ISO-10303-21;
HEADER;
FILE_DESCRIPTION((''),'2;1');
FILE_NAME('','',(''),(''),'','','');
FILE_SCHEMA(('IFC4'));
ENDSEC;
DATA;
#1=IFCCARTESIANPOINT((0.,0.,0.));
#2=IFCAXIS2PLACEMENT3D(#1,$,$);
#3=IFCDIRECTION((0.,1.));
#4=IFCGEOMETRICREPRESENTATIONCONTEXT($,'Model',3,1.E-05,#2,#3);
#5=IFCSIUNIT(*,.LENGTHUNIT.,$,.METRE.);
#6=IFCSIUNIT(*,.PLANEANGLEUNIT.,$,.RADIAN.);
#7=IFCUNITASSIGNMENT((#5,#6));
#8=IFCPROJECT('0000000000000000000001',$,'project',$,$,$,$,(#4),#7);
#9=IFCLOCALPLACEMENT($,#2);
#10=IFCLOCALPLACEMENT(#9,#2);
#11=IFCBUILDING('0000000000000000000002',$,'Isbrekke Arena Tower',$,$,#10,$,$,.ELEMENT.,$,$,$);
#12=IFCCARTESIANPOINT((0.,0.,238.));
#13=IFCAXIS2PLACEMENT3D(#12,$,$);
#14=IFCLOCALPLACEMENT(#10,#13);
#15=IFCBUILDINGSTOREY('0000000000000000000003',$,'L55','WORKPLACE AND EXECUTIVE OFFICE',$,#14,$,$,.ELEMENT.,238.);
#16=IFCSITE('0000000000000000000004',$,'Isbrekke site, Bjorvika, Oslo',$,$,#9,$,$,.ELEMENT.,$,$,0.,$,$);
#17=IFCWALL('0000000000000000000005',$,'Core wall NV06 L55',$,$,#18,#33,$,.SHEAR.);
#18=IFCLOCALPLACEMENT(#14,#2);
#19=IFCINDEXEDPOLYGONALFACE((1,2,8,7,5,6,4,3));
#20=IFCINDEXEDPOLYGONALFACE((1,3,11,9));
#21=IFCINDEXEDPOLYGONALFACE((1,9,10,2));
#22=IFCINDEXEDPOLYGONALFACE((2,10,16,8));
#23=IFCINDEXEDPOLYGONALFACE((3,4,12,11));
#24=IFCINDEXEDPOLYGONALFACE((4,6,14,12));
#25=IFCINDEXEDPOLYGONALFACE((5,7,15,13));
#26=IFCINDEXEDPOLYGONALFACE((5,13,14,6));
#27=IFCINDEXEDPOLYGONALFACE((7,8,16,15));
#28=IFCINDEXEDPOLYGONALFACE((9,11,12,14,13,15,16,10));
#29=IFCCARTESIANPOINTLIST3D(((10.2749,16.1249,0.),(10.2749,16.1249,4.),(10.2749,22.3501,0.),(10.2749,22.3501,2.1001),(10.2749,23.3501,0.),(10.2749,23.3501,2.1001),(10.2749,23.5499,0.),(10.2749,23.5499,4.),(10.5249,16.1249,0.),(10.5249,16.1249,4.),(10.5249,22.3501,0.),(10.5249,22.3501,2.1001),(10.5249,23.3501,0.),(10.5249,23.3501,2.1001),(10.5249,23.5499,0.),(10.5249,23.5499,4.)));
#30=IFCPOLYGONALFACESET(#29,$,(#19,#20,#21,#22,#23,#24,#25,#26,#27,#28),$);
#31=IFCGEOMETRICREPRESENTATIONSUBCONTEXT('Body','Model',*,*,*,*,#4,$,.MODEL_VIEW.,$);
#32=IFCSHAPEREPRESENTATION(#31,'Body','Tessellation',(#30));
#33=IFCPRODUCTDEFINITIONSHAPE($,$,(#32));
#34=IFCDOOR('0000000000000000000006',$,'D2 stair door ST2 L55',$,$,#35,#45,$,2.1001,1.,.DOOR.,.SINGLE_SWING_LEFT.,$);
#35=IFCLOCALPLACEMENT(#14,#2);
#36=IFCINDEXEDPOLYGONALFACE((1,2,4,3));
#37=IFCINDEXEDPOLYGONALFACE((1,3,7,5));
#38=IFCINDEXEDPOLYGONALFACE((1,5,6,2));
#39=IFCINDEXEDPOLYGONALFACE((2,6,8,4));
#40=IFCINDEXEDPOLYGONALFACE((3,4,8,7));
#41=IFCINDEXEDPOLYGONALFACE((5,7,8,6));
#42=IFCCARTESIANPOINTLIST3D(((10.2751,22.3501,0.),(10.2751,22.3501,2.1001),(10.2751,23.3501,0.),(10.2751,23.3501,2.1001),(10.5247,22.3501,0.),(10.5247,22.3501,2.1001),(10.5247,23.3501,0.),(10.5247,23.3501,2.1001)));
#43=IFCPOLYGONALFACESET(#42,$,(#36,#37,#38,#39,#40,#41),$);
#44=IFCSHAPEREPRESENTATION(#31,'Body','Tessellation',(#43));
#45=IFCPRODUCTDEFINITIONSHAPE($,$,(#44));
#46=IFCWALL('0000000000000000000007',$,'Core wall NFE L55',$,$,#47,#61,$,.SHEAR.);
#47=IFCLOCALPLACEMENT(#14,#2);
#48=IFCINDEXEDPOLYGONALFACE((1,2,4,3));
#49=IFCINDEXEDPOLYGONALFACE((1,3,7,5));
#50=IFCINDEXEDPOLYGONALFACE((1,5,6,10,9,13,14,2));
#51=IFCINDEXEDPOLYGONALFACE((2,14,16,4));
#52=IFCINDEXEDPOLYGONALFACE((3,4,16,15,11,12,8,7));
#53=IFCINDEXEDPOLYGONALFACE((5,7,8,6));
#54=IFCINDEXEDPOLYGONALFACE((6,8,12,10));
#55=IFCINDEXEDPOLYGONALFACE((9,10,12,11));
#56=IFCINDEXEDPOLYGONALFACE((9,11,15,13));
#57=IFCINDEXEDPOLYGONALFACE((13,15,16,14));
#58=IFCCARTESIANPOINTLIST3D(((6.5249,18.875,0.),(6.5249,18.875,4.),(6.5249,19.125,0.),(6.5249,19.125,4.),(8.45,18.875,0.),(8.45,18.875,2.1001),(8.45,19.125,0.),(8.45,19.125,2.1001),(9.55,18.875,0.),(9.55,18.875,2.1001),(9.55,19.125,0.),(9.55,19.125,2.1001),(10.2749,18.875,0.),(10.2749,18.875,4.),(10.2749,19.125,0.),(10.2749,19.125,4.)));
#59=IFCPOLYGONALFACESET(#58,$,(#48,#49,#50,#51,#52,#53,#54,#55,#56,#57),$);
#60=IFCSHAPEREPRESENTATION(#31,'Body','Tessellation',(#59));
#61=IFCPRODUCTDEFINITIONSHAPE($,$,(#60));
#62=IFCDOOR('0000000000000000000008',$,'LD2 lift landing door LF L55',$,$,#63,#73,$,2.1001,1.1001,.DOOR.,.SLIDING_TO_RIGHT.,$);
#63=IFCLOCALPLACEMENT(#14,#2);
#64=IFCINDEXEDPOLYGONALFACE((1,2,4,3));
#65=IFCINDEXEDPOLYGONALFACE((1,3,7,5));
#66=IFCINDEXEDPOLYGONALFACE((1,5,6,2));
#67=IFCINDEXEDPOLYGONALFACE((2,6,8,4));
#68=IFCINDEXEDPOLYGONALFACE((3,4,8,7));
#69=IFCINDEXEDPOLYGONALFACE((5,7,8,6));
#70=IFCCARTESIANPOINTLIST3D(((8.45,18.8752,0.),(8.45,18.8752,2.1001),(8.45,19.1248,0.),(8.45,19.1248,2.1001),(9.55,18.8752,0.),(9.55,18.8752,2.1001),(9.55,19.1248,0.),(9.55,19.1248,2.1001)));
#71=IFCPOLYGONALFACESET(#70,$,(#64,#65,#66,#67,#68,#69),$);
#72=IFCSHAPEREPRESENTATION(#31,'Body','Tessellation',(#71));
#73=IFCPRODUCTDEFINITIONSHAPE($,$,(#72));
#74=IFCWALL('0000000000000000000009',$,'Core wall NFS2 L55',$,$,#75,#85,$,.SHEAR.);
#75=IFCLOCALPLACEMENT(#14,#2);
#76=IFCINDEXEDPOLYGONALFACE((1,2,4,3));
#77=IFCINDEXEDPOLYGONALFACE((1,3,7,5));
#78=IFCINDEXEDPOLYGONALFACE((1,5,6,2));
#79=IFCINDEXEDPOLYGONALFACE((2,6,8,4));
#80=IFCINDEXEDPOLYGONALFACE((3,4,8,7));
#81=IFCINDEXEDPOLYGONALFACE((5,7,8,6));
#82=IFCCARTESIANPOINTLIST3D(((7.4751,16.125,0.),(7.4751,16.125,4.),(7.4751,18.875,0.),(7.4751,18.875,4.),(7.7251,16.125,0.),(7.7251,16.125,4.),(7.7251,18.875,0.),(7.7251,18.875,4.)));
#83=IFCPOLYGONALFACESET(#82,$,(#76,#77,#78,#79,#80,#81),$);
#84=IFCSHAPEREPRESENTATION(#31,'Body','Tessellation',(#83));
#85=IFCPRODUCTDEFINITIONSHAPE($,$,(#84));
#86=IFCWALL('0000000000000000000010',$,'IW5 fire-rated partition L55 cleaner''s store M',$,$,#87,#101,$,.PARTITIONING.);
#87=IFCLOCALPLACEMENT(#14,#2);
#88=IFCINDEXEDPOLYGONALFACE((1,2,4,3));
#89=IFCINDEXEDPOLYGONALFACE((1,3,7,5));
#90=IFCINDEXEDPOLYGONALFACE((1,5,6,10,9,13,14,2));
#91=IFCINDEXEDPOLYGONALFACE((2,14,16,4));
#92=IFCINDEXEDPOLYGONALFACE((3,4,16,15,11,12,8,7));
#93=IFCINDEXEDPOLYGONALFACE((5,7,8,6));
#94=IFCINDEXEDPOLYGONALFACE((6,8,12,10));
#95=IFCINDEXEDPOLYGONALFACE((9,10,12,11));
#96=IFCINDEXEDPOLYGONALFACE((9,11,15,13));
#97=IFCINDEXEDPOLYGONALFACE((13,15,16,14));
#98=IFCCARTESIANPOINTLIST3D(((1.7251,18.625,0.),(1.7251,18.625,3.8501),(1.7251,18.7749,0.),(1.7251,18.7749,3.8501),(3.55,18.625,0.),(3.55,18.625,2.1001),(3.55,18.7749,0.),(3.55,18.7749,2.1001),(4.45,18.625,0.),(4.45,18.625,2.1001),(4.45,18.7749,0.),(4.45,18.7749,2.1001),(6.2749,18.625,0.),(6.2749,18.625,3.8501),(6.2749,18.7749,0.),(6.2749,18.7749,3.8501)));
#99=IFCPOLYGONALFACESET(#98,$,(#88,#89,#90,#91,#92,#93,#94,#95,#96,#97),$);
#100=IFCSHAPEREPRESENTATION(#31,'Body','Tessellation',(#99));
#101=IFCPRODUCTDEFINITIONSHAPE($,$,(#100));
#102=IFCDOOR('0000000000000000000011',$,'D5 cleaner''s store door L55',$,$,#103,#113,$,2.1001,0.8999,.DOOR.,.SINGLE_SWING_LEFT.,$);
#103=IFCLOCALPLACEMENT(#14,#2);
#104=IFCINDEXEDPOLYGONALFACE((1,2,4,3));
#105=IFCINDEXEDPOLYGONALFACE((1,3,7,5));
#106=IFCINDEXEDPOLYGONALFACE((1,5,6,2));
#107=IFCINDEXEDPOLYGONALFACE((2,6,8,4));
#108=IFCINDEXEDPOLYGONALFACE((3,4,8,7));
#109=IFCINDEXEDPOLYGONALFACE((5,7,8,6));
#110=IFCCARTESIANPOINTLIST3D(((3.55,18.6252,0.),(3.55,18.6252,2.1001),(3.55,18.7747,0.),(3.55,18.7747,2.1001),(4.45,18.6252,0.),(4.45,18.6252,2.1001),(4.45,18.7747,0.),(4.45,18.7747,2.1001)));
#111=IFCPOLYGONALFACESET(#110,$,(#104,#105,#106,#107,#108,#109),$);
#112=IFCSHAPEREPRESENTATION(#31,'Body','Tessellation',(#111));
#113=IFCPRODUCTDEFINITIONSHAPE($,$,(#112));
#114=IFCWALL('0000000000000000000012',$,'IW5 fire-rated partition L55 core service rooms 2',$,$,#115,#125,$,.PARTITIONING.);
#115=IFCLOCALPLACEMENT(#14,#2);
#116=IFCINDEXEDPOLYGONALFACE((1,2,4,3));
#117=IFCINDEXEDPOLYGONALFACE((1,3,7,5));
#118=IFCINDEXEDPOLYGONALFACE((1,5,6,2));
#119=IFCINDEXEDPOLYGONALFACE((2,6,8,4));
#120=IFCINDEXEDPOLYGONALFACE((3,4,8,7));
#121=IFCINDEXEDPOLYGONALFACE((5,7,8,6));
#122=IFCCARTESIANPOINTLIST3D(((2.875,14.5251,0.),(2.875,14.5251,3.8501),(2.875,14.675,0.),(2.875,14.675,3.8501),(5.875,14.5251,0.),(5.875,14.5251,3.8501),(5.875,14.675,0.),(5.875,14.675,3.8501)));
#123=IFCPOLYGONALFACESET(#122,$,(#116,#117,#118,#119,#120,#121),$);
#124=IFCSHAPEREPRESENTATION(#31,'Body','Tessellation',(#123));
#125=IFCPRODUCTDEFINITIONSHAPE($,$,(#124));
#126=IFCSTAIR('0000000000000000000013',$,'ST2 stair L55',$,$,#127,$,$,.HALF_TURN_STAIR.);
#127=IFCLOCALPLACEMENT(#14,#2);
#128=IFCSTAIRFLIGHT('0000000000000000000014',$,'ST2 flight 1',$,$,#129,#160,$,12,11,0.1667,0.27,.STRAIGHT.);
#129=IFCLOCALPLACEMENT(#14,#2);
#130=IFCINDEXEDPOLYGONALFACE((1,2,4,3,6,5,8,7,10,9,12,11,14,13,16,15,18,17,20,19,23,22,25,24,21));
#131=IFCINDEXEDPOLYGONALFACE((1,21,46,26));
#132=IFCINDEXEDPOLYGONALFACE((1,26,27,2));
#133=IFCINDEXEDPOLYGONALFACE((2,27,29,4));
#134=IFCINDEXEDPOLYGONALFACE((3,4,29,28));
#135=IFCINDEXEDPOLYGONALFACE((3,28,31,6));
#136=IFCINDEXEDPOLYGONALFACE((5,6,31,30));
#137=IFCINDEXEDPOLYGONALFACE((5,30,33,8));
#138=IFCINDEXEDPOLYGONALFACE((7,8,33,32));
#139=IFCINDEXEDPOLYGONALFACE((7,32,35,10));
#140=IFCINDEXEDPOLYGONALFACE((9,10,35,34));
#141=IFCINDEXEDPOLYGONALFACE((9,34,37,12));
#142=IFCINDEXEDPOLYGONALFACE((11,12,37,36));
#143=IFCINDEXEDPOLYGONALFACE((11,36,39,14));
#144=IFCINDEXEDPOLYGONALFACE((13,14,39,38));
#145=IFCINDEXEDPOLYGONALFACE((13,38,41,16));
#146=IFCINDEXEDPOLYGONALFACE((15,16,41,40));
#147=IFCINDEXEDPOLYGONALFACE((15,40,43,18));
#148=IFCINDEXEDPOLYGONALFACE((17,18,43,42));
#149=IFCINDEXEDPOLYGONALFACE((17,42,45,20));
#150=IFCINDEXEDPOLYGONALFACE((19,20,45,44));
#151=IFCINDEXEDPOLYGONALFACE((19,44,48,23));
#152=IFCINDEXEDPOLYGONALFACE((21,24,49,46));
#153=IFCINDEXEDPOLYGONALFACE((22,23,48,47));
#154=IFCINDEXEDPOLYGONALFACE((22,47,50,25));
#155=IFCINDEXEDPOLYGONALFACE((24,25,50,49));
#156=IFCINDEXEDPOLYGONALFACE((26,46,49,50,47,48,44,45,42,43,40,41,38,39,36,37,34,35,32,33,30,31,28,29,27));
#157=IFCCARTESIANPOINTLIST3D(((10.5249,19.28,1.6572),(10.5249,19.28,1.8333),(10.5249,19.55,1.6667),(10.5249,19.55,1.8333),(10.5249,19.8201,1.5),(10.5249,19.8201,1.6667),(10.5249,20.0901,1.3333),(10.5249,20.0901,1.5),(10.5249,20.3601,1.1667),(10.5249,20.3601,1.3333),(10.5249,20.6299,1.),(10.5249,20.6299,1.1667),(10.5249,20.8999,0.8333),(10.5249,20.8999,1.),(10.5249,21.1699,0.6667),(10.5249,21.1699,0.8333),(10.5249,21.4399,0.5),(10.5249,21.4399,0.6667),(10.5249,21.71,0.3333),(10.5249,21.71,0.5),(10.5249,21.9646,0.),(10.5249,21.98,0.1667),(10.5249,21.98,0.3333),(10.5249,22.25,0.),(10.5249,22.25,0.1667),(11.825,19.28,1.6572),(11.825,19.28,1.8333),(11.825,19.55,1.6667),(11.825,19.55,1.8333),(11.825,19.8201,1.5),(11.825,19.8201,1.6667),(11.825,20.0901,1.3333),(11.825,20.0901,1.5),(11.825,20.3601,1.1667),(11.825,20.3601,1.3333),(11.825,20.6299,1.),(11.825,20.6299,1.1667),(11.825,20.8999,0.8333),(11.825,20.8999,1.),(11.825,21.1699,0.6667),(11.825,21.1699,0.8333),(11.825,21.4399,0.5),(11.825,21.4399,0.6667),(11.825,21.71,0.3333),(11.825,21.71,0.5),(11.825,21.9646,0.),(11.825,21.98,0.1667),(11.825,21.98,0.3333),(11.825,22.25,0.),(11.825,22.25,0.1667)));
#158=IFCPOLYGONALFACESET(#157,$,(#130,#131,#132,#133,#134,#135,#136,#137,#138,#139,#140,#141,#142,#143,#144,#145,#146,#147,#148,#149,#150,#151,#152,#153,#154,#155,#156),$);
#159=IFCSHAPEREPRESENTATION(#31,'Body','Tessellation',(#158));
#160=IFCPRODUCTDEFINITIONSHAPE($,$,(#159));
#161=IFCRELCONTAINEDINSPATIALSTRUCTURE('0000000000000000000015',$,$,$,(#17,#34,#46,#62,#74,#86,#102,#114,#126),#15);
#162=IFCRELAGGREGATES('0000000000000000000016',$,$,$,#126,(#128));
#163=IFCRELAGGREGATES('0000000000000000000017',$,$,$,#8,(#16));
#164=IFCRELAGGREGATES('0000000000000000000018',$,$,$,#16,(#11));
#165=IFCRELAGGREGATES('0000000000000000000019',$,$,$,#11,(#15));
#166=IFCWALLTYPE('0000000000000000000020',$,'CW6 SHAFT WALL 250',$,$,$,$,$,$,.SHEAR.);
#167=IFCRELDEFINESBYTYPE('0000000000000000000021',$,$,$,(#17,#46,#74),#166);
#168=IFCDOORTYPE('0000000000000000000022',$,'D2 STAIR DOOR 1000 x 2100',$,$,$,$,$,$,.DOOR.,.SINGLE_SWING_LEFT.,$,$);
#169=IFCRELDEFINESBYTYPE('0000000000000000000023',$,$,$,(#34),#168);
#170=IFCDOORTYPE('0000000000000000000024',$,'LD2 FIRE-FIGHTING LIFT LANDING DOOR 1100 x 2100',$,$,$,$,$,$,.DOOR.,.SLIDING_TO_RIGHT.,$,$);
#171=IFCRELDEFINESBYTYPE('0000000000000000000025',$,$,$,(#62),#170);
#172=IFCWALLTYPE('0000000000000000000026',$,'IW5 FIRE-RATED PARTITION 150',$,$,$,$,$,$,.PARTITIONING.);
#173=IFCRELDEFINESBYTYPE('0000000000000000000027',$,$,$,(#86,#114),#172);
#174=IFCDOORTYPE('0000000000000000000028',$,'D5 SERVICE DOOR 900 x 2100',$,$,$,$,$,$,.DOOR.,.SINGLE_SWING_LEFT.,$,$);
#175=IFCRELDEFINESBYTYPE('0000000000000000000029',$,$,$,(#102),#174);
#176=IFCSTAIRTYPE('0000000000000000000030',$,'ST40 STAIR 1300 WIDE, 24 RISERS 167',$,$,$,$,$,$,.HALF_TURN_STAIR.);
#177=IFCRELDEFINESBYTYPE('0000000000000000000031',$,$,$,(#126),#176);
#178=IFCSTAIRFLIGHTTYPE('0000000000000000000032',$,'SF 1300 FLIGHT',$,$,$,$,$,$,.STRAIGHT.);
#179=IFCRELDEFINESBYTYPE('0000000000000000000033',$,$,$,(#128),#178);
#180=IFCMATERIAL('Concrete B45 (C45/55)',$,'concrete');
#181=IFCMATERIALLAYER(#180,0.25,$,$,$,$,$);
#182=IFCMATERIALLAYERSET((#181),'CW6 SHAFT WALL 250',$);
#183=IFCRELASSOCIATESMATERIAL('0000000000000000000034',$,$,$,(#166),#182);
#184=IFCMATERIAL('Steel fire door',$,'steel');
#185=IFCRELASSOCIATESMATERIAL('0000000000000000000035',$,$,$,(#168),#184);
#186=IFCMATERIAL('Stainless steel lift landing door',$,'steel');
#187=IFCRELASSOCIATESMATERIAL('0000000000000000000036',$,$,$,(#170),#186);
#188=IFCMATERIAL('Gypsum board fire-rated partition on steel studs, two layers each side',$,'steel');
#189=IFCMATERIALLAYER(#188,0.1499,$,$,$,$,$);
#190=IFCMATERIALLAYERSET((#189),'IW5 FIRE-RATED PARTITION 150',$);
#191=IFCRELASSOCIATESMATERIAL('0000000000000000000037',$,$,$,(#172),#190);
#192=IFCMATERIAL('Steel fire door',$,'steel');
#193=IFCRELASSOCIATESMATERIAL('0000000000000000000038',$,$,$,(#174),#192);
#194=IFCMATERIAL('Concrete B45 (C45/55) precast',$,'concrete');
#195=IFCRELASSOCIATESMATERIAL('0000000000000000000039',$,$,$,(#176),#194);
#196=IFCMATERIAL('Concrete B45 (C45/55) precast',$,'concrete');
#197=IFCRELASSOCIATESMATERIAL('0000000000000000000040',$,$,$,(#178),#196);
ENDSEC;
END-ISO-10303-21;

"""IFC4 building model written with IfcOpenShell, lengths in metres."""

from ifc_helpers import new_model, si_unit, direction, frame, frame_2d, origin, place, context, subcontext, project, spatial, polyline, rectangle, outline, extrude, material, layer, layer_set, type_object, element, fill, aggregate, save


model = new_model("IFC4")

# Units and contexts
model_context = context("Model", 3, precision=1e-05, world=origin(), true_north=direction((0.0, 1.0)))
body_context = subcontext(model_context, "Body", "Model", "MODEL_VIEW")
ifc_project = project(units=[si_unit("LENGTHUNIT", "METRE"), si_unit("PLANEANGLEUNIT", "RADIAN")], contexts=[model_context])

# Site, building, storey
site_placement = place(None, origin())
site = spatial("IfcSite", under=ifc_project, at=site_placement, Name="Isbrekke site, Bjorvika, Oslo", CompositionType="ELEMENT", RefElevation=0.0)
building_placement = place(site_placement, origin())
building = spatial("IfcBuilding", under=site, at=building_placement, Name="Isbrekke Arena Tower", CompositionType="ELEMENT")
storey_placement = place(building_placement, frame((0.0, 0.0, 238.0)))
storey = spatial("IfcBuildingStorey", under=building, at=storey_placement, Name="L55", Description="WORKPLACE AND EXECUTIVE OFFICE", CompositionType="ELEMENT", Elevation=238.0)

# Shared definitions
ifc_material_1 = material(Name="Concrete B45 (C45/55)", Category="concrete")
ifc_layer_1 = layer(ifc_material_1, 0.25)
ifc_layer_set_1 = layer_set([ifc_layer_1], Name="CW6 SHAFT WALL 250")
wall_type_1 = type_object("IfcWallType", Name="CW6 SHAFT WALL 250", PredefinedType="SHEAR", material=ifc_layer_set_1)

# Walls, openings, doors
wall_1_placement = place(storey_placement, frame((10.3999, 16.125, 0.0), z_axis=(0.0, 0.0, 1.0), x_axis=(0.0, 1.0, 0.0)))
wall_1 = element("IfcWall", 1, at=wall_1_placement, inside=storey, type_object=wall_type_1, Name="Core wall NV06 L55", PredefinedType="SHEAR", context=body_context, shape_type="SweptSolid", body=[
    extrude(rectangle(XDim=7.425, YDim=0.25, at=frame_2d((3.7124, 0.0))), origin(), (0.0, 0.0, 1.0), 4.0),
])
opening_1_placement = place(wall_1_placement, frame((6.2251, 0.0, 0.0)))
opening_1 = element("IfcOpeningElement", 2, at=opening_1_placement, cuts=wall_1, PredefinedType="OPENING", context=body_context, shape_type="SweptSolid", body=[
    extrude(rectangle(XDim=1.0, YDim=2.1001, at=frame_2d((0.5, 1.05))), frame((0.0, 0.1399, 0.0), z_axis=(0.0, -1.0, 0.0), x_axis=(1.0, 0.0, 0.0)), (0.0, 0.0, 1.0), 0.2798),
])
ifc_material_2 = material(Name="Steel fire door", Category="steel")
door_type_1 = type_object("IfcDoorType", Name="D2 STAIR DOOR 1000 x 2100", OperationType="SINGLE_SWING_LEFT", PredefinedType="DOOR", material=ifc_material_2)
door_1_placement = place(opening_1_placement, origin())
door_1 = element("IfcDoor", 3, at=door_1_placement, inside=storey, type_object=door_type_1, Name="D2 stair door ST2 L55", OperationType="SINGLE_SWING_LEFT", OverallHeight=2.1001, OverallWidth=1.0, PredefinedType="DOOR", context=body_context, shape_type="SweptSolid", body=[
    extrude(rectangle(XDim=1.0, YDim=2.1001, at=frame_2d((0.5, 1.05))), frame((0.0, 0.1248, 0.0), z_axis=(0.0, -1.0, 0.0), x_axis=(1.0, 0.0, 0.0)), (0.0, 0.0, 1.0), 0.2495),
])
fill(opening_1, door_1)
wall_2_placement = place(storey_placement, frame((6.5249, 19.0, 0.0), z_axis=(0.0, 0.0, 1.0), x_axis=(1.0, 0.0, 0.0)))
wall_2 = element("IfcWall", 4, at=wall_2_placement, inside=storey, type_object=wall_type_1, Name="Core wall NFE L55", PredefinedType="SHEAR", context=body_context, shape_type="SweptSolid", body=[
    extrude(rectangle(XDim=3.75, YDim=0.25, at=frame_2d((1.875, 0.0))), origin(), (0.0, 0.0, 1.0), 4.0),
])
opening_2_placement = place(wall_2_placement, frame((1.925, 0.0, 0.0)))
opening_2 = element("IfcOpeningElement", 5, at=opening_2_placement, cuts=wall_2, PredefinedType="OPENING", context=body_context, shape_type="SweptSolid", body=[
    extrude(rectangle(XDim=1.1001, YDim=2.1001, at=frame_2d((0.55, 1.05))), frame((0.0, 0.1399, 0.0), z_axis=(0.0, -1.0, 0.0), x_axis=(1.0, 0.0, 0.0)), (0.0, 0.0, 1.0), 0.2798),
])
ifc_material_3 = material(Name="Stainless steel lift landing door", Category="steel")
door_type_2 = type_object("IfcDoorType", Name="LD2 FIRE-FIGHTING LIFT LANDING DOOR 1100 x 2100", OperationType="SLIDING_TO_RIGHT", PredefinedType="DOOR", material=ifc_material_3)
door_2_placement = place(opening_2_placement, origin())
door_2 = element("IfcDoor", 6, at=door_2_placement, inside=storey, type_object=door_type_2, Name="LD2 lift landing door LF L55", OperationType="SLIDING_TO_RIGHT", OverallHeight=2.1001, OverallWidth=1.1001, PredefinedType="DOOR", context=body_context, shape_type="SweptSolid", body=[
    extrude(rectangle(XDim=1.1001, YDim=2.1001, at=frame_2d((0.55, 1.05))), frame((0.0, 0.1248, 0.0), z_axis=(0.0, -1.0, 0.0), x_axis=(1.0, 0.0, 0.0)), (0.0, 0.0, 1.0), 0.2495),
])
fill(opening_2, door_2)

# Wall
wall_3_placement = place(storey_placement, frame((7.6001, 16.125, 0.0), z_axis=(0.0, 0.0, 1.0), x_axis=(0.0, 1.0, 0.0)))
element("IfcWall", 7, at=wall_3_placement, inside=storey, type_object=wall_type_1, Name="Core wall NFS2 L55", PredefinedType="SHEAR", context=body_context, shape_type="SweptSolid", body=[
    extrude(rectangle(XDim=2.75, YDim=0.25, at=frame_2d((1.375, 0.0))), origin(), (0.0, 0.0, 1.0), 4.0),
])

# Wall, opening, door
ifc_material_4 = material(Name="Gypsum board fire-rated partition on steel studs, two layers each side", Category="steel")
ifc_layer_2 = layer(ifc_material_4, 0.1499)
ifc_layer_set_2 = layer_set([ifc_layer_2], Name="IW5 FIRE-RATED PARTITION 150")
wall_type_2 = type_object("IfcWallType", Name="IW5 FIRE-RATED PARTITION 150", PredefinedType="PARTITIONING", material=ifc_layer_set_2)
wall_4_placement = place(storey_placement, frame((1.7251, 18.7, 0.0), z_axis=(0.0, 0.0, 1.0), x_axis=(1.0, 0.0, 0.0)))
wall_4 = element("IfcWall", 8, at=wall_4_placement, inside=storey, type_object=wall_type_2, Name="IW5 fire-rated partition L55 cleaner's store M", PredefinedType="PARTITIONING", context=body_context, shape_type="SweptSolid", body=[
    extrude(rectangle(XDim=4.5498, YDim=0.1499, at=frame_2d((2.2749, 0.0))), origin(), (0.0, 0.0, 1.0), 3.8501),
])
opening_3_placement = place(wall_4_placement, frame((1.825, 0.0, 0.0)))
opening_3 = element("IfcOpeningElement", 9, at=opening_3_placement, cuts=wall_4, PredefinedType="OPENING", context=body_context, shape_type="SweptSolid", body=[
    extrude(rectangle(XDim=0.8999, YDim=2.1001, at=frame_2d((0.45, 1.05))), frame((0.0, 0.0898, 0.0), z_axis=(0.0, -1.0, 0.0), x_axis=(1.0, 0.0, 0.0)), (0.0, 0.0, 1.0), 0.1797),
])
ifc_material_5 = material(Name="Steel fire door", Category="steel")
door_type_3 = type_object("IfcDoorType", Name="D5 SERVICE DOOR 900 x 2100", OperationType="SINGLE_SWING_LEFT", PredefinedType="DOOR", material=ifc_material_5)
door_3_placement = place(opening_3_placement, origin())
door_3 = element("IfcDoor", 10, at=door_3_placement, inside=storey, type_object=door_type_3, Name="D5 cleaner's store door L55", OperationType="SINGLE_SWING_LEFT", OverallHeight=2.1001, OverallWidth=0.8999, PredefinedType="DOOR", context=body_context, shape_type="SweptSolid", body=[
    extrude(rectangle(XDim=0.8999, YDim=2.1001, at=frame_2d((0.45, 1.05))), frame((0.0, 0.0747, 0.0), z_axis=(0.0, -1.0, 0.0), x_axis=(1.0, 0.0, 0.0)), (0.0, 0.0, 1.0), 0.1494),
])
fill(opening_3, door_3)

# Wall
wall_5_placement = place(storey_placement, frame((2.875, 14.6001, 0.0), z_axis=(0.0, 0.0, 1.0), x_axis=(1.0, 0.0, 0.0)))
element("IfcWall", 11, at=wall_5_placement, inside=storey, type_object=wall_type_2, Name="IW5 fire-rated partition L55 core service rooms 2", PredefinedType="PARTITIONING", context=body_context, shape_type="SweptSolid", body=[
    extrude(rectangle(XDim=3.0, YDim=0.1499, at=frame_2d((1.5, 0.0))), origin(), (0.0, 0.0, 1.0), 3.8501),
])

# Stair, stair flight
ifc_material_6 = material(Name="Concrete B45 (C45/55) precast", Category="concrete")
stair_type = type_object("IfcStairType", Name="ST40 STAIR 1300 WIDE, 24 RISERS 167", PredefinedType="HALF_TURN_STAIR", material=ifc_material_6)
stair_placement = place(storey_placement, origin())
stair = element("IfcStair", 12, at=stair_placement, inside=storey, type_object=stair_type, Name="ST2 stair L55", PredefinedType="HALF_TURN_STAIR")
ifc_material_7 = material(Name="Concrete B45 (C45/55) precast", Category="concrete")
stair_flight_type = type_object("IfcStairFlightType", Name="SF 1300 FLIGHT", PredefinedType="STRAIGHT", material=ifc_material_7)
stair_flight_1_placement = place(storey_placement, frame((11.175, 22.25, 0.0), z_axis=(0.0, 0.0, 1.0), x_axis=(0.0, -1.0, 0.0)))
stair_flight_1 = element("IfcStairFlight", 13, at=stair_flight_1_placement, type_object=stair_flight_type, Name="ST2 flight 1", NumberOfRisers=12, NumberOfTreads=11, PredefinedType="STRAIGHT", RiserHeight=0.1667, TreadLength=0.27, context=body_context, shape_type="SweptSolid", body=[
    extrude(outline(polyline([(0.0, 0.0), (0.0, 0.1667), (0.27, 0.1667), (0.27, 0.3333), (0.54, 0.3333), (0.54, 0.5), (0.8101, 0.5), (0.8101, 0.6667), (1.0801, 0.6667), (1.0801, 0.8333), (1.3501, 0.8333), (1.3501, 1.0), (1.6201, 1.0), (1.6201, 1.1667), (1.8899, 1.1667), (1.8899, 1.3333), (2.1599, 1.3333), (2.1599, 1.5), (2.4299, 1.5), (2.4299, 1.6667), (2.7, 1.6667), (2.7, 1.8333), (2.97, 1.8333), (2.97, 2.0), (2.97, 1.6572), (0.2854, 0.0), (0.0, 0.0)])), frame((0.0, 0.6499, 0.0), z_axis=(0.0, -1.0, 0.0), x_axis=(1.0, 0.0, 0.0)), (0.0, 0.0, 1.0), 1.3),
])
aggregate(stair, [stair_flight_1])

save(model, "model.ifc")
